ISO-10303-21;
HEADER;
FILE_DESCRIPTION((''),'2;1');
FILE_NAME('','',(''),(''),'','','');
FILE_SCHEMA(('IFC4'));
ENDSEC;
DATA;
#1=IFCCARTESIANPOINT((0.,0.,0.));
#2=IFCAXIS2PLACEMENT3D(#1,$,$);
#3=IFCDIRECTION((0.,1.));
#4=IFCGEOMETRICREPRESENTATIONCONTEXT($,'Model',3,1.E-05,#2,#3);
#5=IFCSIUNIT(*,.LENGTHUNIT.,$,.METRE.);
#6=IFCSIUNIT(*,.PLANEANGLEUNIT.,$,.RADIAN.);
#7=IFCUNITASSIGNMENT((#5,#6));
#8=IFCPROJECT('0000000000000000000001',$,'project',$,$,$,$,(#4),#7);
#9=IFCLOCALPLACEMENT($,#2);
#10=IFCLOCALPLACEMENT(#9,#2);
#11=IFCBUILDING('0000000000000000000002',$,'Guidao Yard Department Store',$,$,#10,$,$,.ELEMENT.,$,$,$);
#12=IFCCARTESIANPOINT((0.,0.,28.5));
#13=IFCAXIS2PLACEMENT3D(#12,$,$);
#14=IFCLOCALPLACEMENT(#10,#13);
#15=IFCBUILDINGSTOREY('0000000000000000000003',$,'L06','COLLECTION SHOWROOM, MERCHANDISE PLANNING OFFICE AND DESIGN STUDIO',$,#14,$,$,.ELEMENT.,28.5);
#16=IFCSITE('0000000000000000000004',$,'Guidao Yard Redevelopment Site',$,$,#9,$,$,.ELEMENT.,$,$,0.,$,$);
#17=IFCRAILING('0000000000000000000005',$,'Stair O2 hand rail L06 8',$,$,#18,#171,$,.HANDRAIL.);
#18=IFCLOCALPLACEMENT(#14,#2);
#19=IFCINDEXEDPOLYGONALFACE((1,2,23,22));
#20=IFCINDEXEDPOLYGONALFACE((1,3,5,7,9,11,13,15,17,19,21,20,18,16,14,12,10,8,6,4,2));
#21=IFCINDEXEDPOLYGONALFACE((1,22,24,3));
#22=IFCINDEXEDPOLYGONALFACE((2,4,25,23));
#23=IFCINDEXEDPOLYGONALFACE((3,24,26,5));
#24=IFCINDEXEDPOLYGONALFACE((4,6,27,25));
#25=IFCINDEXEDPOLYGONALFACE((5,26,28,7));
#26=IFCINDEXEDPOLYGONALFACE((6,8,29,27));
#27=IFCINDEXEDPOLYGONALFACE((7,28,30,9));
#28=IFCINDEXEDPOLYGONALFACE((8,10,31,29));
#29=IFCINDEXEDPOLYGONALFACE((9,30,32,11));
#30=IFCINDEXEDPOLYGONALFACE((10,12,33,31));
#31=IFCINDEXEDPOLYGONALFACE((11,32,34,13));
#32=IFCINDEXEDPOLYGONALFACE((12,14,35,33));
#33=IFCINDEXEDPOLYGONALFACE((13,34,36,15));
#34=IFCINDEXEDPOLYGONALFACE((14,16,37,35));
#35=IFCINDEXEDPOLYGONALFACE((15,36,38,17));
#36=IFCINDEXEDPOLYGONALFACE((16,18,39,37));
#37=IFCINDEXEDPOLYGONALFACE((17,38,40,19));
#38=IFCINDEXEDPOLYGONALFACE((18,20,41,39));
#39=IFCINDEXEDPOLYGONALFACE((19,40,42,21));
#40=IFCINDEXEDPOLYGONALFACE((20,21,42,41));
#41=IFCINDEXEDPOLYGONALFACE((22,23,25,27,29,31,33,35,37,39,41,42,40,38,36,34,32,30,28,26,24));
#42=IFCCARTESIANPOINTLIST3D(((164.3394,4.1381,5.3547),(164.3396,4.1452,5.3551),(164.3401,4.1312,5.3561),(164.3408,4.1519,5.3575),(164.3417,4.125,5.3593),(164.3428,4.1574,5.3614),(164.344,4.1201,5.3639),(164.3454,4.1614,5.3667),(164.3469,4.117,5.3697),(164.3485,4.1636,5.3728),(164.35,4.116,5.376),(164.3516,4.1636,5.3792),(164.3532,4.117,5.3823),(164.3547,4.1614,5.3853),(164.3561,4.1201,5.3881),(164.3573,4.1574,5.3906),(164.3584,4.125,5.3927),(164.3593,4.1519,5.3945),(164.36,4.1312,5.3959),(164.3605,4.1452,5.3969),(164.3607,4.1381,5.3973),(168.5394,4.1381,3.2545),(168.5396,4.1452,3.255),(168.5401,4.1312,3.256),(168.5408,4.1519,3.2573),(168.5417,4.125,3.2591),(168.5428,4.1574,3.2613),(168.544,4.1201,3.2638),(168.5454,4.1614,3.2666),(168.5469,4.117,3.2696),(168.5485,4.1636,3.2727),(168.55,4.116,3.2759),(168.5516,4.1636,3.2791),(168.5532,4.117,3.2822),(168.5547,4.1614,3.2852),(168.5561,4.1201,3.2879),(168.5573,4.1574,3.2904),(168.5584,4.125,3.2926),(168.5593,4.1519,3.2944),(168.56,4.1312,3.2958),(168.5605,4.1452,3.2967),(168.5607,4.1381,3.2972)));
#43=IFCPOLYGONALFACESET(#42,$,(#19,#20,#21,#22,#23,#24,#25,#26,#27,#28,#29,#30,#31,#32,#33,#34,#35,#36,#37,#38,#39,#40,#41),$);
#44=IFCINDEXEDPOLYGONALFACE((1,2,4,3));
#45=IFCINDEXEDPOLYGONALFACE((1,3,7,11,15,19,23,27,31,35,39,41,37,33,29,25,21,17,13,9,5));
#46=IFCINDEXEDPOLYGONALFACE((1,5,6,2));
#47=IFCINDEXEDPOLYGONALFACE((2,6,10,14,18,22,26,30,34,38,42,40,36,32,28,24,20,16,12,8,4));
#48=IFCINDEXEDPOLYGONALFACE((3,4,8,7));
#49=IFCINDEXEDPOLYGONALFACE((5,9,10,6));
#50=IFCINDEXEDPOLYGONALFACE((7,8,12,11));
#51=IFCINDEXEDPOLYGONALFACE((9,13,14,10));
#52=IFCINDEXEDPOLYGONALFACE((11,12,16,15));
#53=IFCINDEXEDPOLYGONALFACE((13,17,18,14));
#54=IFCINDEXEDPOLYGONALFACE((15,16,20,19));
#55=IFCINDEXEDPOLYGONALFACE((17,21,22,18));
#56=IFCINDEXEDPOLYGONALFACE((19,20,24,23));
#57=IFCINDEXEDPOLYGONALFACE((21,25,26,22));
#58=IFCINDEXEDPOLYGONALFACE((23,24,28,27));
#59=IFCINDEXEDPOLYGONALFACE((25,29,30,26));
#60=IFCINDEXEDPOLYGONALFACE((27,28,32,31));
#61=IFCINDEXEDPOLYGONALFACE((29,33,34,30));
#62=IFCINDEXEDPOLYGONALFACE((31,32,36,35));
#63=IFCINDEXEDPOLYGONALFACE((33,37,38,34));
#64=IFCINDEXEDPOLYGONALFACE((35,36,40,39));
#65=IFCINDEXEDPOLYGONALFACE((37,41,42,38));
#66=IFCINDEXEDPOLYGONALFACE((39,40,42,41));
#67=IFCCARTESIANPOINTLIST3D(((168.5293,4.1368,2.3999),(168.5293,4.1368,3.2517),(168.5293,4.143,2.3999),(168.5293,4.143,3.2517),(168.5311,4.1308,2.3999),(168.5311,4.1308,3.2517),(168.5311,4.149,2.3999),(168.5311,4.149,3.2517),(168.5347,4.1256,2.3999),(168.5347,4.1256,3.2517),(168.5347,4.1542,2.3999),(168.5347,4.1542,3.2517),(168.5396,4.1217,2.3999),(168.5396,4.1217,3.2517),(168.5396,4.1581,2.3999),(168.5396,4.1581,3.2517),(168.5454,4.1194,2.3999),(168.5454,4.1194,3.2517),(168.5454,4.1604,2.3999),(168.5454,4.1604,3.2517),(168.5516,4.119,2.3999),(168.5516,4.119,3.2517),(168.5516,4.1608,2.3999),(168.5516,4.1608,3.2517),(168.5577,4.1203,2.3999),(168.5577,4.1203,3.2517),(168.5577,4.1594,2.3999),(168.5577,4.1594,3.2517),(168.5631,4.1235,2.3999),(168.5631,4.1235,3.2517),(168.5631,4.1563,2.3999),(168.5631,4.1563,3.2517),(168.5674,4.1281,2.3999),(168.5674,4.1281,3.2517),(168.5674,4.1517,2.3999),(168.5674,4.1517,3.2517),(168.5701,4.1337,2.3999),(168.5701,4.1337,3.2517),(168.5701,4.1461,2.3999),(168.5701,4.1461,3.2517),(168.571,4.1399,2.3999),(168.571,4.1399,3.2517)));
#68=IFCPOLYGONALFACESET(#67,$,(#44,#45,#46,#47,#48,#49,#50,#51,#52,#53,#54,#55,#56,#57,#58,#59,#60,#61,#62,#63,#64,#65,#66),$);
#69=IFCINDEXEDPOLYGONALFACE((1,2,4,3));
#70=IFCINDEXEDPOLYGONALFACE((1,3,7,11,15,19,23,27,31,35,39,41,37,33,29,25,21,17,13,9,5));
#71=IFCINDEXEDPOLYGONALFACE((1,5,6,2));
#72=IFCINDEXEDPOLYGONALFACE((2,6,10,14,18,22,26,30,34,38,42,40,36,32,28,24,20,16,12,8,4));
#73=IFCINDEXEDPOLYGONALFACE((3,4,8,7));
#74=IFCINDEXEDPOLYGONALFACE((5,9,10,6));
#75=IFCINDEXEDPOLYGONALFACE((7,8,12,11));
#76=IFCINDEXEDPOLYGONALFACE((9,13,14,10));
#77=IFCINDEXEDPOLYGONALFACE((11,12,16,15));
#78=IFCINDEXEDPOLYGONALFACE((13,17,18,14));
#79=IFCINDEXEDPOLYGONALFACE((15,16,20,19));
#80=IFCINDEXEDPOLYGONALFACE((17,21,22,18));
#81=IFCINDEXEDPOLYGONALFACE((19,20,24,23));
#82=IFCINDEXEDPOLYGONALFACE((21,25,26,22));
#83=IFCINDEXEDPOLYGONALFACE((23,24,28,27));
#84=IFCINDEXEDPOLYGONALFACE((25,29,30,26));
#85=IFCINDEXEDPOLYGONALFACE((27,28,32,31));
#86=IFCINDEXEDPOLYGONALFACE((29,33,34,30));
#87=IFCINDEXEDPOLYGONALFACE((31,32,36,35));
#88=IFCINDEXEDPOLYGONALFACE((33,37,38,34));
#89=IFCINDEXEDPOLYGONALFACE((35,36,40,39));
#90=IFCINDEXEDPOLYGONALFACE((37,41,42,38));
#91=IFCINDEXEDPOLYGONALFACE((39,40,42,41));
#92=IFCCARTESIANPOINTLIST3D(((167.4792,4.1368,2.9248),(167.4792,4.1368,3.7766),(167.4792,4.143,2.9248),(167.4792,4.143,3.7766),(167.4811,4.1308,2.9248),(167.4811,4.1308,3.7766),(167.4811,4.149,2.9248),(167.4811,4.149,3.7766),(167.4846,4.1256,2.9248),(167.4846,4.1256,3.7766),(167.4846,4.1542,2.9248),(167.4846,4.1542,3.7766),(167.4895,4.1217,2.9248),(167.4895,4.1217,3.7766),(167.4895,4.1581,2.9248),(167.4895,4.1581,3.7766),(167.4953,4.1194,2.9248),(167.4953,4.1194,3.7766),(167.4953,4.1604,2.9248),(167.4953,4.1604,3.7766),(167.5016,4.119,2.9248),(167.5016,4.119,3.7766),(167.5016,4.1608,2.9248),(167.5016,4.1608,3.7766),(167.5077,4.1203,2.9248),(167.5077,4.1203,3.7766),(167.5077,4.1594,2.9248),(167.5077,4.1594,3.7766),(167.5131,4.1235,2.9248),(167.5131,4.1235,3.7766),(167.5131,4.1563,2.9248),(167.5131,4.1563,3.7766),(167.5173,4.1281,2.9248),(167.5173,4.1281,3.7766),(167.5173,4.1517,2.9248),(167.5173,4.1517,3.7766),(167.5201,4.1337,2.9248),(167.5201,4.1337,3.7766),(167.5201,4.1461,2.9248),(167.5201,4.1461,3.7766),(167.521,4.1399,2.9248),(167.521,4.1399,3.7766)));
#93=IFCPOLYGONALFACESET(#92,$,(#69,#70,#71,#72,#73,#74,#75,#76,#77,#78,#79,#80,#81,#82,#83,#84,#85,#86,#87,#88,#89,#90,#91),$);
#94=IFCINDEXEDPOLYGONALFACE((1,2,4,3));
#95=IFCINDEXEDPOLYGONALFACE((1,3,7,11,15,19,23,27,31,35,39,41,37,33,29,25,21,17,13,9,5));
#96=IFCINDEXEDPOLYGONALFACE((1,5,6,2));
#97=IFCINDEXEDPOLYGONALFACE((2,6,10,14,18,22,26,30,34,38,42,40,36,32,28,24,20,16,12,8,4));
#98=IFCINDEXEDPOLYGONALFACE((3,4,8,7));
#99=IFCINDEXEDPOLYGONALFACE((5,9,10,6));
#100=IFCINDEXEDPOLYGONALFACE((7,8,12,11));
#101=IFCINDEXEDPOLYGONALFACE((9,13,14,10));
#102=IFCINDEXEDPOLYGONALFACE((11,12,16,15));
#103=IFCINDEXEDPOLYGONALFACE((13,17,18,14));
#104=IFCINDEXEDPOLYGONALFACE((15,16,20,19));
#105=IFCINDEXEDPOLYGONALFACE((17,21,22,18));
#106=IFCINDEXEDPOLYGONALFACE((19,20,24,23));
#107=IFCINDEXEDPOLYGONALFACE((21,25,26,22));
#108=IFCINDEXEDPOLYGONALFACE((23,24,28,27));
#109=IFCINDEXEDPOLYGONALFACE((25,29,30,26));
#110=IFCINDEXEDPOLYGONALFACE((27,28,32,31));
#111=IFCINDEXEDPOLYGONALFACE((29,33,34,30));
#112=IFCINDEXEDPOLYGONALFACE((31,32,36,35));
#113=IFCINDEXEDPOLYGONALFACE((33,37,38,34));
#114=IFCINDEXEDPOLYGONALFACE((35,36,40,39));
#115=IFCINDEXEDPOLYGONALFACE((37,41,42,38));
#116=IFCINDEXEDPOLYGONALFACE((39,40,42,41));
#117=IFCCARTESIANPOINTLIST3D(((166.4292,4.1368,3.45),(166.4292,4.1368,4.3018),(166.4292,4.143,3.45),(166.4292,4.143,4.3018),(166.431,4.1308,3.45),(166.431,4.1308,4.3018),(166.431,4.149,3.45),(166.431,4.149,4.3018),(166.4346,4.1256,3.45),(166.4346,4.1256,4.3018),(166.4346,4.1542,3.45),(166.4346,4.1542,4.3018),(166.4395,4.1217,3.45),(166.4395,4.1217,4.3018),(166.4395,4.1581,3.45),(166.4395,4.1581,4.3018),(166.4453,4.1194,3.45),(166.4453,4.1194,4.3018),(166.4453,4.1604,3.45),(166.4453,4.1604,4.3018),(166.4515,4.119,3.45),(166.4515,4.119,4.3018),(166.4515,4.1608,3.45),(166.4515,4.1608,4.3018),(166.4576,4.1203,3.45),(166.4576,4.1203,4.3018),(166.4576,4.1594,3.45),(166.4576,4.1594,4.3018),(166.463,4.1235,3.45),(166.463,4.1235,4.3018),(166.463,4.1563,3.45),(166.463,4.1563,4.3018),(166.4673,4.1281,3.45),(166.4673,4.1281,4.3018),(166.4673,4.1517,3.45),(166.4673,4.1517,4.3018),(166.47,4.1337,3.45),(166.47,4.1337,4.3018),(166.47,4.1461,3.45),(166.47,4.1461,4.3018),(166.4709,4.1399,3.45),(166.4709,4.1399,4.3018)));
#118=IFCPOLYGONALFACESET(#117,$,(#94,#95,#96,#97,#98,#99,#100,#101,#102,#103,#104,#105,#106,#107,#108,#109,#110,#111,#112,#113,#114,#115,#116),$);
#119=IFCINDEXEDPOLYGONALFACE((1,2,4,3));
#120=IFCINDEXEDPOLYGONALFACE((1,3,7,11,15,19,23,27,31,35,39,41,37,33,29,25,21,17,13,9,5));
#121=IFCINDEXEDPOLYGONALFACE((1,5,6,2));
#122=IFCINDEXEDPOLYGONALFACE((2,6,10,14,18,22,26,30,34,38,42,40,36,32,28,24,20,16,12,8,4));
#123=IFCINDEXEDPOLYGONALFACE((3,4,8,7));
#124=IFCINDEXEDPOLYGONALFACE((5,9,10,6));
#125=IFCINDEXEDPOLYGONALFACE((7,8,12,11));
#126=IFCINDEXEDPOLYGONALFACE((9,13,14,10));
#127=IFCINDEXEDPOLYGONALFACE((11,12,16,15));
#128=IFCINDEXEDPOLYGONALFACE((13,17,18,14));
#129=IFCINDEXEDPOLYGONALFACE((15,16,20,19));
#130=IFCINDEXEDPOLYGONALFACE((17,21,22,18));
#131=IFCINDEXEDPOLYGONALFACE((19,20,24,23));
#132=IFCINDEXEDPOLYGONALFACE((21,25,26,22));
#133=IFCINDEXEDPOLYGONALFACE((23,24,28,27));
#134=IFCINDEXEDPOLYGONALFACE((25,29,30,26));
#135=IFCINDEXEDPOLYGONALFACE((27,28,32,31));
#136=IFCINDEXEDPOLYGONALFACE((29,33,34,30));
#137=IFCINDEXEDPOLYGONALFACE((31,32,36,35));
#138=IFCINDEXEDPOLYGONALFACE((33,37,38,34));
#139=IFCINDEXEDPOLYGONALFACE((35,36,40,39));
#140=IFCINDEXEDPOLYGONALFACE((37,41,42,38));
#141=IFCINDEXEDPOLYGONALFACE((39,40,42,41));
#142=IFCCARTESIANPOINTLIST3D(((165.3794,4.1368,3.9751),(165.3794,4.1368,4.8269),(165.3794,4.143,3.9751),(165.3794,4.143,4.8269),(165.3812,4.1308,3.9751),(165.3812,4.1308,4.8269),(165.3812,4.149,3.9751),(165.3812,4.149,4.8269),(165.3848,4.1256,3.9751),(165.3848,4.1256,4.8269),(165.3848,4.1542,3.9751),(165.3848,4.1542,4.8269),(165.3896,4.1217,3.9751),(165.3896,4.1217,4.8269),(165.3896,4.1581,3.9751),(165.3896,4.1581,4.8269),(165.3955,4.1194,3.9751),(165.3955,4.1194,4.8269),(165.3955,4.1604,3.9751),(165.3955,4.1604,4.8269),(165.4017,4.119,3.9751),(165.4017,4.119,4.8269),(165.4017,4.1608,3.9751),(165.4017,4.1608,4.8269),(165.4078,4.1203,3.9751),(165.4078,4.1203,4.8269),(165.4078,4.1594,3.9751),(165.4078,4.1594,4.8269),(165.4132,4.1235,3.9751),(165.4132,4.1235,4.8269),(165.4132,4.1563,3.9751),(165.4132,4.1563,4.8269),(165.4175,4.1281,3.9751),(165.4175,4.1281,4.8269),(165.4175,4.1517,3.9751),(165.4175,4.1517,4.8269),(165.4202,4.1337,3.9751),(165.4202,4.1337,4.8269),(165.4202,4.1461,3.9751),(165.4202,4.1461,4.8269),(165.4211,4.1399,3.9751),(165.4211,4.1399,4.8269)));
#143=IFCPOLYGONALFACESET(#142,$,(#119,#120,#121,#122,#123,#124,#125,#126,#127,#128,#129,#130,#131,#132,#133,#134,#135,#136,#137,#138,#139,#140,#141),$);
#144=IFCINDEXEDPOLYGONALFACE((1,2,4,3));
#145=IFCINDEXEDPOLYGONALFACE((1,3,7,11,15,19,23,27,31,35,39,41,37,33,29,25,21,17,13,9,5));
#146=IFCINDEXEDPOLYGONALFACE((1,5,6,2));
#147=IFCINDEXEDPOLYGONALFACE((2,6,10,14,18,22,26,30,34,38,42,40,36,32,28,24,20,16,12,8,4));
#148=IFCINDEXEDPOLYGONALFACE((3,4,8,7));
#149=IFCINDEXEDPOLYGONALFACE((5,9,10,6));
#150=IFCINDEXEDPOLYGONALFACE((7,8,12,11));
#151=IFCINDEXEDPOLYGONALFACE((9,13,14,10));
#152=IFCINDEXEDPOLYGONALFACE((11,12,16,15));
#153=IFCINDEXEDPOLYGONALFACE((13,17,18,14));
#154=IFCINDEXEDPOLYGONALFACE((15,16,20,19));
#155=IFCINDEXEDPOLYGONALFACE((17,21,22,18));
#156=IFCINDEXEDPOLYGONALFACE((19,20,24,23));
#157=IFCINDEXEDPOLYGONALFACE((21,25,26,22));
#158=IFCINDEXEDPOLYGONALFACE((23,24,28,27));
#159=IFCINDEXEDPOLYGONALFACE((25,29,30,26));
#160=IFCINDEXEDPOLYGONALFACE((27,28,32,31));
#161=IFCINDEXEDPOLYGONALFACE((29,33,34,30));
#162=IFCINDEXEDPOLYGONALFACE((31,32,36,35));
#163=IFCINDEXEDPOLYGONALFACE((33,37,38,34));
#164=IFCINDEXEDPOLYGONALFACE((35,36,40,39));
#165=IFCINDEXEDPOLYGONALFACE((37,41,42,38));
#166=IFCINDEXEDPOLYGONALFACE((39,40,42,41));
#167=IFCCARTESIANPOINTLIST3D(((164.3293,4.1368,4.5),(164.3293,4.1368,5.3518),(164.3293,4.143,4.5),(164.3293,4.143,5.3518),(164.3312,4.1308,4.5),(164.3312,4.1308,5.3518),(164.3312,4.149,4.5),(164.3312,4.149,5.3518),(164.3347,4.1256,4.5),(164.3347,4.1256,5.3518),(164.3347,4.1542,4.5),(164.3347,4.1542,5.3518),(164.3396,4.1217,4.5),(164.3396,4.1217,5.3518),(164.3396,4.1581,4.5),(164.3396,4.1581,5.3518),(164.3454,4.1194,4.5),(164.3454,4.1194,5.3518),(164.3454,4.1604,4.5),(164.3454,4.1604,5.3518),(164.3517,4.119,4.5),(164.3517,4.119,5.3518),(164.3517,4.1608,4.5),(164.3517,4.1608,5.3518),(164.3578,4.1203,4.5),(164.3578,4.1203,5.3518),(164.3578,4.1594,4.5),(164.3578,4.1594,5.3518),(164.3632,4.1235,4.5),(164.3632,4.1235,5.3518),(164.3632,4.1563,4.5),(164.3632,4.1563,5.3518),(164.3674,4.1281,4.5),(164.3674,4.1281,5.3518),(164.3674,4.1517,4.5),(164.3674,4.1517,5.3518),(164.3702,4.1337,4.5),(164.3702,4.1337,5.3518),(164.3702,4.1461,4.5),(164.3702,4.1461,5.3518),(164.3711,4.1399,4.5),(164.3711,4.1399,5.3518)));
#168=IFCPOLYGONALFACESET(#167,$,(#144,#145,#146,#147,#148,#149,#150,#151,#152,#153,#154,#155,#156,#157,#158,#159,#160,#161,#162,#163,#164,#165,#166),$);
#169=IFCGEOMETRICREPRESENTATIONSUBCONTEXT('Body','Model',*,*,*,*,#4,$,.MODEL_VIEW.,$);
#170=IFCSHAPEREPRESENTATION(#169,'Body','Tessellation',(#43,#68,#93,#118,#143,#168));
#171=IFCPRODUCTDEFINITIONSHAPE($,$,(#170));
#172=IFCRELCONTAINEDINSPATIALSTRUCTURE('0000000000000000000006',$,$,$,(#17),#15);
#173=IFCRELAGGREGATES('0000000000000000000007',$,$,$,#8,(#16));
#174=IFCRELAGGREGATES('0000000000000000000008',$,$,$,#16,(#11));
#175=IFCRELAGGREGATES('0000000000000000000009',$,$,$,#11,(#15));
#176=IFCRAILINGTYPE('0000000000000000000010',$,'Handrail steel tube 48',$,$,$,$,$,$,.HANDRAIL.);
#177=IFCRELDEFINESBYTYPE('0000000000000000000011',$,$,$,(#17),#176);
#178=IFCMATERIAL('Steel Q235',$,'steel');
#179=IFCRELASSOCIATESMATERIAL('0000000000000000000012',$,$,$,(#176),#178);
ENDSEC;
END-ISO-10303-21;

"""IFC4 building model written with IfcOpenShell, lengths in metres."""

from ifc_helpers import new_model, si_unit, direction, frame, origin, origin_2d, place, context, subcontext, project, spatial, circle, extrude, material, type_object, element, save


model = new_model("IFC4")

# Units and contexts
model_context = context("Model", 3, precision=1e-05, world=origin(), true_north=direction((0.0, 1.0)))
body_context = subcontext(model_context, "Body", "Model", "MODEL_VIEW")
ifc_project = project(units=[si_unit("LENGTHUNIT", "METRE"), si_unit("PLANEANGLEUNIT", "RADIAN")], contexts=[model_context])

# Site, building, storey
site_placement = place(None, origin())
site = spatial("IfcSite", under=ifc_project, at=site_placement, Name="Guidao Yard Redevelopment Site", CompositionType="ELEMENT", RefElevation=0.0)
building_placement = place(site_placement, origin())
building = spatial("IfcBuilding", under=site, at=building_placement, Name="Guidao Yard Department Store", CompositionType="ELEMENT")
storey_placement = place(building_placement, frame((0.0, 0.0, 28.5)))
storey = spatial("IfcBuildingStorey", under=building, at=storey_placement, Name="L06", Description="COLLECTION SHOWROOM, MERCHANDISE PLANNING OFFICE AND DESIGN STUDIO", CompositionType="ELEMENT", Elevation=28.5)

# Railing
ifc_material_1 = material(Name="Steel Q235", Category="steel")
railing_type_1 = type_object("IfcRailingType", Name="Handrail steel tube 48", PredefinedType="HANDRAIL", material=ifc_material_1)
for number, where, name in (
    (1, (168.55, 4.1399, 2.3999), "Stair O2 hand rail L06 8"),
):
    element("IfcRailing", number, at=place(storey_placement, frame(where)), inside=storey, type_object=railing_type_1, Name=name, PredefinedType="HANDRAIL", context=body_context, shape_type="SweptSolid", body=[
        extrude(circle(Radius=0.0239, at=origin_2d()), frame((0.0, 0.0, 0.876), z_axis=(-0.894417, 0.0, 0.447234), x_axis=(0.0, -1.0, 0.0)), (0.0, 0.0, 1.0), 4.6958),
        extrude(circle(Radius=0.021, at=origin_2d()), origin(), (0.0, 0.0, 1.0), 0.8518),
        extrude(circle(Radius=0.021, at=origin_2d()), frame((-1.05, 0.0, 0.5249)), (0.0, 0.0, 1.0), 0.8518),
        extrude(circle(Radius=0.021, at=origin_2d()), frame((-2.1001, 0.0, 1.05)), (0.0, 0.0, 1.0), 0.8518),
        extrude(circle(Radius=0.021, at=origin_2d()), frame((-3.1499, 0.0, 1.5752)), (0.0, 0.0, 1.0), 0.8518),
        extrude(circle(Radius=0.021, at=origin_2d()), frame((-4.2, 0.0, 2.1001)), (0.0, 0.0, 1.0), 0.8518),
    ])

save(model, "model.ifc")
